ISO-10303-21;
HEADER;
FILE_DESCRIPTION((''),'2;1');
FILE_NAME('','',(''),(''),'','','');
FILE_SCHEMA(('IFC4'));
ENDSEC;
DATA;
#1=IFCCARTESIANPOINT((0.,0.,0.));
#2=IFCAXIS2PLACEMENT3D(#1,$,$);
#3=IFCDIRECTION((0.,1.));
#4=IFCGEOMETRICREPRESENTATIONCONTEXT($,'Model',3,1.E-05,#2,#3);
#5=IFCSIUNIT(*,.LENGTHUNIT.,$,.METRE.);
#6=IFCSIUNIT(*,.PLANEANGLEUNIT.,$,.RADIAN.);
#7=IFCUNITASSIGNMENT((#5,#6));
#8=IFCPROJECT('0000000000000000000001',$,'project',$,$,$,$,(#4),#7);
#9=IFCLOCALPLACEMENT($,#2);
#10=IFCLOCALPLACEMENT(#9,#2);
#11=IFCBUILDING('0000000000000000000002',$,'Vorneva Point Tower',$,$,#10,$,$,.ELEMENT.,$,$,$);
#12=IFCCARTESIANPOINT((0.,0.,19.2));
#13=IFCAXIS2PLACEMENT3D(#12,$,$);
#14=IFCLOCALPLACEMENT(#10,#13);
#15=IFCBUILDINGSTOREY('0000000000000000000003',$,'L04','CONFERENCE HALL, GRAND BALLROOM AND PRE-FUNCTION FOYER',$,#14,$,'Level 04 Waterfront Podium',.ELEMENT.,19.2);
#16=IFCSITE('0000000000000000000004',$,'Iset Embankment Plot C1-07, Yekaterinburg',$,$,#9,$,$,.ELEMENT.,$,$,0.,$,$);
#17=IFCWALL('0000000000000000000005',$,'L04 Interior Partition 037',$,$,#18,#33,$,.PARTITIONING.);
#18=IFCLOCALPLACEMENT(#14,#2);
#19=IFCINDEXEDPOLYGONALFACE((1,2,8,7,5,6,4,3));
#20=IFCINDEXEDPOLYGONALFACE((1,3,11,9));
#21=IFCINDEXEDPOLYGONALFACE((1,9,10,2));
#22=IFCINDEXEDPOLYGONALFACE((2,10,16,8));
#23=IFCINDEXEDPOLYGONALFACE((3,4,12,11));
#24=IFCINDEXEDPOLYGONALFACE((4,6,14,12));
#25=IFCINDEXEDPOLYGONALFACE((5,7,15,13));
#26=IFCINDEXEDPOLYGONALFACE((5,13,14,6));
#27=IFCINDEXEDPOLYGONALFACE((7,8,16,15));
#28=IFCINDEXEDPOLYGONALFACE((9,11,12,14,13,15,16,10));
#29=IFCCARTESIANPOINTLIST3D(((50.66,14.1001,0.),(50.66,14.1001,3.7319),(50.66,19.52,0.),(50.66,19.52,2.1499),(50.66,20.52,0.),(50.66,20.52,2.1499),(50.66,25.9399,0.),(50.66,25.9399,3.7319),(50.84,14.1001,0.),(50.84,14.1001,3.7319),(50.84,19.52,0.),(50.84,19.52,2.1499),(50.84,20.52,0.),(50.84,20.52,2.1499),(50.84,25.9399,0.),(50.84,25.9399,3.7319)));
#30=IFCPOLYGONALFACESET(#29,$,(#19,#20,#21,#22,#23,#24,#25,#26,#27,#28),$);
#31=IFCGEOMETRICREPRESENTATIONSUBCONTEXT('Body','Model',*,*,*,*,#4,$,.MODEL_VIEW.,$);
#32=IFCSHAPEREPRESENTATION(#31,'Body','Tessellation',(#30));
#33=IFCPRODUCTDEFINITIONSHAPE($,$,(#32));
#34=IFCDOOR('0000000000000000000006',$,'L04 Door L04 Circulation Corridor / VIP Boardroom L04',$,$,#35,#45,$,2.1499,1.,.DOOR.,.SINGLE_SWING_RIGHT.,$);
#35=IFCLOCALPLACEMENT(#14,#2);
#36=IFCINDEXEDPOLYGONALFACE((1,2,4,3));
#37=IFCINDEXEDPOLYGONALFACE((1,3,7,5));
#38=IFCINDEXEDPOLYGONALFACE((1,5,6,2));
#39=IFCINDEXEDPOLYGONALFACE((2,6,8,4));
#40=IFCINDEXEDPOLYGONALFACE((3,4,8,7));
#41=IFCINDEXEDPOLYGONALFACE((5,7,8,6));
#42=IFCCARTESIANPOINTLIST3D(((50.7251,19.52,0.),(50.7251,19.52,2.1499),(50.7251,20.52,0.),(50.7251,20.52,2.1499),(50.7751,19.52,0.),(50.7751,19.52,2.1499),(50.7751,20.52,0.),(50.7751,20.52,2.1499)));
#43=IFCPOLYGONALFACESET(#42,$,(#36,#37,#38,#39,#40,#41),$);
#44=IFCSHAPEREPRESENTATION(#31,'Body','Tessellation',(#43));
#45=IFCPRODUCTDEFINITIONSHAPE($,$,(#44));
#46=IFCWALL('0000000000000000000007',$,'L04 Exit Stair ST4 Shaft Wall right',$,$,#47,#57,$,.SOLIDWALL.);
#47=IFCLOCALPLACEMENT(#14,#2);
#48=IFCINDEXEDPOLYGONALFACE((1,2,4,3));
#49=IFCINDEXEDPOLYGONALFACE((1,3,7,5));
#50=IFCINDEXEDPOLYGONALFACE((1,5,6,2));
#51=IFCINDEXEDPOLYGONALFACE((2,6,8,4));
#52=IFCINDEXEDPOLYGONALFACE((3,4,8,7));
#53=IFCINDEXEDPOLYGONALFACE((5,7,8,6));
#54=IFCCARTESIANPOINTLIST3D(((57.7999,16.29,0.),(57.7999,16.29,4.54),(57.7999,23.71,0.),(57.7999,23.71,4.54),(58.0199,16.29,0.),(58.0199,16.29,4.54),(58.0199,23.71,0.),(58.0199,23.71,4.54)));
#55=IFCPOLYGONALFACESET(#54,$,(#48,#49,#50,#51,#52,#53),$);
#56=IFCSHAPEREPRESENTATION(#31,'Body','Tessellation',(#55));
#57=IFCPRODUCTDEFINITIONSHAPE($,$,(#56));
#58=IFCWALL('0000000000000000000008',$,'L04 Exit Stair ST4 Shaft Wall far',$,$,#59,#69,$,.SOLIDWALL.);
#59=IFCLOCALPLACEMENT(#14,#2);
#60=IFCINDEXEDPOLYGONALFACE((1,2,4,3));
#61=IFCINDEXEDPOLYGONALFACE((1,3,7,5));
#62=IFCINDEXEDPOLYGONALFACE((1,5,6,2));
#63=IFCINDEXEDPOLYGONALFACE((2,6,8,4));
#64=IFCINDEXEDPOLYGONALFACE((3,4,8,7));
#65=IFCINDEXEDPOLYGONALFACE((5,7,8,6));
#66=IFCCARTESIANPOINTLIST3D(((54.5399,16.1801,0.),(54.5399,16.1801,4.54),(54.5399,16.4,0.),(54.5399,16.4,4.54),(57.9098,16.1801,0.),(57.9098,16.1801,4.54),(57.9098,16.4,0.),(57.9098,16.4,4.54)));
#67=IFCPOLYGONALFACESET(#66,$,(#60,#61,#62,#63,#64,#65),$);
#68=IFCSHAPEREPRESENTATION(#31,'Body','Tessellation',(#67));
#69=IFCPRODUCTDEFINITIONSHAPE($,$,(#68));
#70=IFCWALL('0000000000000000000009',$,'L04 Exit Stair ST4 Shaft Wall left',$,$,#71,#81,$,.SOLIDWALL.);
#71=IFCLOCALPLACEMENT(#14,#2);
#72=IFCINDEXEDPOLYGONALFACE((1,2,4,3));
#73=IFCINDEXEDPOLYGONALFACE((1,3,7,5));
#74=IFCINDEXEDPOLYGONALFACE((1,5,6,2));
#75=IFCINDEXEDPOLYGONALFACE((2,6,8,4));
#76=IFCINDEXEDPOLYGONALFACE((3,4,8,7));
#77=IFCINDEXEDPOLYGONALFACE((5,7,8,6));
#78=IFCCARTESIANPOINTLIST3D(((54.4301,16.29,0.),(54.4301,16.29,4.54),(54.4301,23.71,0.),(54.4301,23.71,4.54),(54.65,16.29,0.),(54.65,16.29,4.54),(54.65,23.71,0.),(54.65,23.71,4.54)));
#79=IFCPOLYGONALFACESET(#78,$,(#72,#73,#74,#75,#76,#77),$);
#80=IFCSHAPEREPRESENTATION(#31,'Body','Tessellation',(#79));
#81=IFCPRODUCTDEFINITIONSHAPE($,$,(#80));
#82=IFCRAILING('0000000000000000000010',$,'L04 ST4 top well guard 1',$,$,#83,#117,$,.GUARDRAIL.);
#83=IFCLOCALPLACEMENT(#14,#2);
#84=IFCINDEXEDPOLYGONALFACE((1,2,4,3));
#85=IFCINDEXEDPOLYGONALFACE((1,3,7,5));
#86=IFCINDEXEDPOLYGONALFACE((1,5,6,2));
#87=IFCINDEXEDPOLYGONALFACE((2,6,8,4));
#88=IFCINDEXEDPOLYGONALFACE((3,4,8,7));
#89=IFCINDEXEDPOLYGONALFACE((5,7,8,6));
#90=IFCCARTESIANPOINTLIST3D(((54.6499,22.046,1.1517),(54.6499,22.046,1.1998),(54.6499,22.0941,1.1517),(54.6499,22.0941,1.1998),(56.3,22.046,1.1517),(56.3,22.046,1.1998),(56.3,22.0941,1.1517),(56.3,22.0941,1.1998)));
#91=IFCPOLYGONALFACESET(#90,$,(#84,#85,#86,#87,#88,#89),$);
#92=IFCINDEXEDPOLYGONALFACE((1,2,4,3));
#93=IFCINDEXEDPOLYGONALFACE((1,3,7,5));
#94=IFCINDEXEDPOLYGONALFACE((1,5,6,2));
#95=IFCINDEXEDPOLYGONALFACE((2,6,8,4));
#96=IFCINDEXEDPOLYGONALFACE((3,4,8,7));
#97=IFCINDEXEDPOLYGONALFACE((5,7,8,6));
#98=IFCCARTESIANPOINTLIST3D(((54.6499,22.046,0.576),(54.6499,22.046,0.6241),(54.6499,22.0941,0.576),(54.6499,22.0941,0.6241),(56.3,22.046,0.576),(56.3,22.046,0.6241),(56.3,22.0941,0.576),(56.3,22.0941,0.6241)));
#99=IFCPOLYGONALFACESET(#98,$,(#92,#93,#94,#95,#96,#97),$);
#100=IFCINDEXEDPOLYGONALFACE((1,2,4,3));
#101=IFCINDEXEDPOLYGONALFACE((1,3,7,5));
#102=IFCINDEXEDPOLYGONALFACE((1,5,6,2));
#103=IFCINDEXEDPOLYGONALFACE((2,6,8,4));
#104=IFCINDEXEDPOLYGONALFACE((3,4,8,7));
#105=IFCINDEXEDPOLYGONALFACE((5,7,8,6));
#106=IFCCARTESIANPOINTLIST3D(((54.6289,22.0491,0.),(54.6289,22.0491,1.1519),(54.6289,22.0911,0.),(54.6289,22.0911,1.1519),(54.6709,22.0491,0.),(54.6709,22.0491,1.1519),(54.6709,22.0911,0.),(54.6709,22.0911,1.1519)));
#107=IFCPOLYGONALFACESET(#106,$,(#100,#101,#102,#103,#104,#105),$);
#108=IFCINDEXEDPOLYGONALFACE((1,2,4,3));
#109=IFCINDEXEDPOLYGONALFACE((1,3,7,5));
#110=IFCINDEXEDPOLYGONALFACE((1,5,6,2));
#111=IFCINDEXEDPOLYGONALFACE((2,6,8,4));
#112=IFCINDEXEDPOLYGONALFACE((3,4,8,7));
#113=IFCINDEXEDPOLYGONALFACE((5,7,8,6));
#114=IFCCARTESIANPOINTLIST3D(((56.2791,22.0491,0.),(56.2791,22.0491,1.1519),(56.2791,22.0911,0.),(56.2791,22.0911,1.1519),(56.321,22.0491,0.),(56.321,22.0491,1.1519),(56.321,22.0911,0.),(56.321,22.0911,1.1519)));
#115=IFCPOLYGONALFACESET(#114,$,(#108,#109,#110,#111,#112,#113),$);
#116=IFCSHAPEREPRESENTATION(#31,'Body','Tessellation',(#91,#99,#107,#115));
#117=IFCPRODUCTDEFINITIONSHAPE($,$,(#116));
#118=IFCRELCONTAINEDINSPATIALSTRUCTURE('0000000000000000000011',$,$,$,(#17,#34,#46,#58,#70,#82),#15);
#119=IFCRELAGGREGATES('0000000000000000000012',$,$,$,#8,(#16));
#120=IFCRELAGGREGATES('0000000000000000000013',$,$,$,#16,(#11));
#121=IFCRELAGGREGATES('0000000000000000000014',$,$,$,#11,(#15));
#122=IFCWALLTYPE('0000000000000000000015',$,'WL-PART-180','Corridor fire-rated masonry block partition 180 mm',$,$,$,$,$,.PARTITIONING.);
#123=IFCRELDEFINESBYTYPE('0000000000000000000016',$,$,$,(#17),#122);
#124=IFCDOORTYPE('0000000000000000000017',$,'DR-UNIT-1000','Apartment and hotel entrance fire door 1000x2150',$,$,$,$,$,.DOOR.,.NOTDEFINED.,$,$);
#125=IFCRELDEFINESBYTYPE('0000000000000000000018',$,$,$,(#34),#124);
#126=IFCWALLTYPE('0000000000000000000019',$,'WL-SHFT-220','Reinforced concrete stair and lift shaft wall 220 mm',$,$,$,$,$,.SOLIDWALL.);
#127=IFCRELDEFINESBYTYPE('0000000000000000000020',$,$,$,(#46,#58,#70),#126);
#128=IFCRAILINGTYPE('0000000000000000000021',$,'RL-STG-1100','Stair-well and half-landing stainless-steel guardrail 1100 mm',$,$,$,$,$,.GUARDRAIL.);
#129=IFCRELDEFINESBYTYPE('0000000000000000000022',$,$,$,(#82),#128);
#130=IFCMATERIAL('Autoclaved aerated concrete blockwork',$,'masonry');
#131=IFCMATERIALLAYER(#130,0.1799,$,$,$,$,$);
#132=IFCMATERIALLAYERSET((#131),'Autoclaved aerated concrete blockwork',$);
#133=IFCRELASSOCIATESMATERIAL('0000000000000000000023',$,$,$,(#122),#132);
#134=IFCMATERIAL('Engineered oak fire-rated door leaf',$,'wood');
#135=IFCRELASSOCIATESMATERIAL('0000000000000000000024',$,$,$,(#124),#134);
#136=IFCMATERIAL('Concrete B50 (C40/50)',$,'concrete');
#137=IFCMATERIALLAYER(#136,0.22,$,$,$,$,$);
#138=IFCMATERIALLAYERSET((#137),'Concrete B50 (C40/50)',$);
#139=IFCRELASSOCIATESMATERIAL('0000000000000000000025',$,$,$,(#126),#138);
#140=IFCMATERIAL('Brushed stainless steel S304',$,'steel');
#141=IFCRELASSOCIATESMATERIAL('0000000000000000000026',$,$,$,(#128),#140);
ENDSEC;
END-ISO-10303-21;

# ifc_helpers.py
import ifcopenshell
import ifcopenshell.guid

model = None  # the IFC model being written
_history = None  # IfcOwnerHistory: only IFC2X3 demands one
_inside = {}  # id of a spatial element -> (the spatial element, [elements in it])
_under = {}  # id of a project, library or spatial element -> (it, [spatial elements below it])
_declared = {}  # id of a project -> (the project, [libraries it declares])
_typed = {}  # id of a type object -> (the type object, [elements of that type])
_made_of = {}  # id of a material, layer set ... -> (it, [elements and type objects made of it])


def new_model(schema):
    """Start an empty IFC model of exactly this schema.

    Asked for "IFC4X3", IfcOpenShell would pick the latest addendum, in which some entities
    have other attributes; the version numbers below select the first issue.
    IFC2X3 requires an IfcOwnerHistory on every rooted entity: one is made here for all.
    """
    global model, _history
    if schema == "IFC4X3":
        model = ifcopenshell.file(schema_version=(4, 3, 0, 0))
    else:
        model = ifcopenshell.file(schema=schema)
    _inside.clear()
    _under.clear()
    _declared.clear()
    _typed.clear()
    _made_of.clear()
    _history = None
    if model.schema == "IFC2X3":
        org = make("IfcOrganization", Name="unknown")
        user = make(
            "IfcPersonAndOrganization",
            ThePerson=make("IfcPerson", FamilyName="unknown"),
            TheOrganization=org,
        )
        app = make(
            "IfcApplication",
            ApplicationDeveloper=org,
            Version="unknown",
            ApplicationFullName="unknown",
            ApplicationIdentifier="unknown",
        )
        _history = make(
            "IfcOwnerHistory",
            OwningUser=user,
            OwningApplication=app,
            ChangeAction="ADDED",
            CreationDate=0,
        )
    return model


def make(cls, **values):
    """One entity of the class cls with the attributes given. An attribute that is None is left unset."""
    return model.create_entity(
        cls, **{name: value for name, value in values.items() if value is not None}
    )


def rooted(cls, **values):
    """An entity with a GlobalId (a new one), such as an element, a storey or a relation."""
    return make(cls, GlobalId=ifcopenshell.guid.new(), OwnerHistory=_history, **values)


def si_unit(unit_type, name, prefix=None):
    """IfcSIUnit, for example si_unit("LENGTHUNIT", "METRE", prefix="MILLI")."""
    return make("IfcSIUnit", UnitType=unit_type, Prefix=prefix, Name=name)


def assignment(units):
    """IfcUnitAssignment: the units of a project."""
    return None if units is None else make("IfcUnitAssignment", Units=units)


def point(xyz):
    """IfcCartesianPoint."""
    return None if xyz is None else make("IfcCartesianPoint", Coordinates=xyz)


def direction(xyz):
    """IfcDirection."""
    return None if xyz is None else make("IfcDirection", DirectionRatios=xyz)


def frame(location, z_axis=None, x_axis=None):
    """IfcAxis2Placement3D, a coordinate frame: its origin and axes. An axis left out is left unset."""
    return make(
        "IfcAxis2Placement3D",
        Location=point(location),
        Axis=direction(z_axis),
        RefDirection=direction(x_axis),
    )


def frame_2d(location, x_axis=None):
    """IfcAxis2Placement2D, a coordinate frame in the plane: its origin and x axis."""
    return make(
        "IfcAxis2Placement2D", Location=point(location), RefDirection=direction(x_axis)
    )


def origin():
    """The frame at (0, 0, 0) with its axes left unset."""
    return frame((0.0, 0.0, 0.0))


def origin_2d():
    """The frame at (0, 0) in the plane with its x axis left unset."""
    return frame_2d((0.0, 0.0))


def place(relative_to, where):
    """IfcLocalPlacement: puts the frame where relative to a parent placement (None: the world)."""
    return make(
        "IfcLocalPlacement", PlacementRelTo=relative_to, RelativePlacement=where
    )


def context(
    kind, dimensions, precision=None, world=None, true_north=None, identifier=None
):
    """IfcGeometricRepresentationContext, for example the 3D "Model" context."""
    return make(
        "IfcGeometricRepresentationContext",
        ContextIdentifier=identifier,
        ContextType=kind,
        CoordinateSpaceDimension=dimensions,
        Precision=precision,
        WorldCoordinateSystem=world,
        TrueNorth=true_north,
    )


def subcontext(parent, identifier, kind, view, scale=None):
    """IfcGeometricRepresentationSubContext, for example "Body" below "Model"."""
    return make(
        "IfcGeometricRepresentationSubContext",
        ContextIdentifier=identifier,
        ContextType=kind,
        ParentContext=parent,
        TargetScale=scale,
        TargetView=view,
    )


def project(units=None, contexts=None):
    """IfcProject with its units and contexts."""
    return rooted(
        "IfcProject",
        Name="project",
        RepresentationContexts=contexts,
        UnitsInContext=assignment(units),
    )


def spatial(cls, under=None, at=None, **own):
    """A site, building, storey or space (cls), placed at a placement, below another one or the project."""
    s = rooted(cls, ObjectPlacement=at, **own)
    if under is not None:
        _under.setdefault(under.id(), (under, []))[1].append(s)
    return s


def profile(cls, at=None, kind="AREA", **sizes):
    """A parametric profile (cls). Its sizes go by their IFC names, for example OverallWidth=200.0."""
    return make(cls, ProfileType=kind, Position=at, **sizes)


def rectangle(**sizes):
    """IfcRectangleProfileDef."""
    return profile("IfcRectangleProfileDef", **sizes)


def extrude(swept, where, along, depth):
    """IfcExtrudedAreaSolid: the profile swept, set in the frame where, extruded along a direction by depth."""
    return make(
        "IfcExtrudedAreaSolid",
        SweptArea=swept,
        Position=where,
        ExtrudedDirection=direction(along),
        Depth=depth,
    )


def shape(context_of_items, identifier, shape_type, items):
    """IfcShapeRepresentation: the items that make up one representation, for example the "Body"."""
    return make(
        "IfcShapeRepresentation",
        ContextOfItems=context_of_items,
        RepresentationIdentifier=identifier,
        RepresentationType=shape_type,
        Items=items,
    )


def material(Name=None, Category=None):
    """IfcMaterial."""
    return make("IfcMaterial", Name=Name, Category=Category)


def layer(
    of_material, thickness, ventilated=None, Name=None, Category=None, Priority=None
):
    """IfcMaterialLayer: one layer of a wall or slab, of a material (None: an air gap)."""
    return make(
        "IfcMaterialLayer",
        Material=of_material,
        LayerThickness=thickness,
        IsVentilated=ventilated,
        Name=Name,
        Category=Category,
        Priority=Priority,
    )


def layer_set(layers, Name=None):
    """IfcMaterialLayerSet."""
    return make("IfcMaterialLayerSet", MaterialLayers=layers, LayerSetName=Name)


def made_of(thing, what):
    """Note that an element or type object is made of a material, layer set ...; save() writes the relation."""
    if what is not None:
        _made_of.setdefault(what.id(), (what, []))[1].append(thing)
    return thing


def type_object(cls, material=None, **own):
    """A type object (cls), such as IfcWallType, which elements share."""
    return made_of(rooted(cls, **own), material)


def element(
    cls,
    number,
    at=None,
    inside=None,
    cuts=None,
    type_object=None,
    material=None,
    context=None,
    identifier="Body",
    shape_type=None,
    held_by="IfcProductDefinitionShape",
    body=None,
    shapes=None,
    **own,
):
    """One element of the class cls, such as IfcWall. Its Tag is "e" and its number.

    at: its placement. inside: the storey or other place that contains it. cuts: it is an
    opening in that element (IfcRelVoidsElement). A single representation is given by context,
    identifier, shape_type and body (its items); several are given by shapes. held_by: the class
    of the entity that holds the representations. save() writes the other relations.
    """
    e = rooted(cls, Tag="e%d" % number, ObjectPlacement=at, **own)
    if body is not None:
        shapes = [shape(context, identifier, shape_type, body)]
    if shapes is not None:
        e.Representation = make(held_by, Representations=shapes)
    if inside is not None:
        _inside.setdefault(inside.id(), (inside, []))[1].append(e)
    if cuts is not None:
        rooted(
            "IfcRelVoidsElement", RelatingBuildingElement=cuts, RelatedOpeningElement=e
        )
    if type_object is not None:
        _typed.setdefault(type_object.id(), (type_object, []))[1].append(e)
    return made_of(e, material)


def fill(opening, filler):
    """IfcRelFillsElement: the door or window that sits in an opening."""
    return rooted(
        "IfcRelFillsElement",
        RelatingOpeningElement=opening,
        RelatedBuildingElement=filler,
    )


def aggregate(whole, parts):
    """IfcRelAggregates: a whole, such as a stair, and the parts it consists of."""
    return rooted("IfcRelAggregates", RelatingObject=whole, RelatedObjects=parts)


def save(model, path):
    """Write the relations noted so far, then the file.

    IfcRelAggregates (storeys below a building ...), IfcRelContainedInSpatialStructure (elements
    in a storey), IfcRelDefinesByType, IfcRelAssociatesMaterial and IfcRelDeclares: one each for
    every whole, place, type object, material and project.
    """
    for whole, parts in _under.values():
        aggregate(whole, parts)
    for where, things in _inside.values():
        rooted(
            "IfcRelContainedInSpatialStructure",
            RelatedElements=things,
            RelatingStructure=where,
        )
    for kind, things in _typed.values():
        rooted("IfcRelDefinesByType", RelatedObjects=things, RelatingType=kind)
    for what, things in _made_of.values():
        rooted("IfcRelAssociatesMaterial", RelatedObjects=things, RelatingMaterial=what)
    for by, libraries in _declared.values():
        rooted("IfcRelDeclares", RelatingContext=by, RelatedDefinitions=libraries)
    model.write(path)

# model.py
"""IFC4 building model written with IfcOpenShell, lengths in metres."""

from ifc_helpers import new_model, si_unit, direction, frame, frame_2d, origin, origin_2d, place, context, subcontext, project, spatial, rectangle, extrude, material, layer, layer_set, type_object, element, fill, save


model = new_model("IFC4")

# Units and contexts
model_context = context("Model", 3, precision=1e-05, world=origin(), true_north=direction((0.0, 1.0)))
body_context = subcontext(model_context, "Body", "Model", "MODEL_VIEW")
ifc_project = project(units=[si_unit("LENGTHUNIT", "METRE"), si_unit("PLANEANGLEUNIT", "RADIAN")], contexts=[model_context])

# Site, building, storey
site_placement = place(None, origin())
site = spatial("IfcSite", under=ifc_project, at=site_placement, Name="Iset Embankment Plot C1-07, Yekaterinburg", CompositionType="ELEMENT", RefElevation=0.0)
building_placement = place(site_placement, origin())
building = spatial("IfcBuilding", under=site, at=building_placement, Name="Vorneva Point Tower", CompositionType="ELEMENT")
storey_placement = place(building_placement, frame((0.0, 0.0, 19.2)))
storey = spatial("IfcBuildingStorey", under=building, at=storey_placement, Name="L04", Description="CONFERENCE HALL, GRAND BALLROOM AND PRE-FUNCTION FOYER", LongName="Level 04 Waterfront Podium", CompositionType="ELEMENT", Elevation=19.2)

# Shared definitions
ifc_material_1 = material(Name="Autoclaved aerated concrete blockwork", Category="masonry")
ifc_layer_1 = layer(ifc_material_1, 0.1799)
ifc_layer_set_1 = layer_set([ifc_layer_1], Name="Autoclaved aerated concrete blockwork")
wall_type_1 = type_object("IfcWallType", Name="WL-PART-180", Description="Corridor fire-rated masonry block partition 180 mm", PredefinedType="PARTITIONING", material=ifc_layer_set_1)

# Wall, opening, door
wall_1_placement = place(storey_placement, frame((50.75, 14.1001, 0.0), z_axis=(0.0, 0.0, 1.0), x_axis=(0.0, 1.0, 0.0)))
wall_1 = element("IfcWall", 1, at=wall_1_placement, inside=storey, type_object=wall_type_1, Name="L04 Interior Partition 037", PredefinedType="PARTITIONING", context=body_context, shape_type="SweptSolid", body=[
    extrude(rectangle(XDim=11.8398, YDim=0.1799, at=frame_2d((5.9199, 0.0))), origin(), (0.0, 0.0, 1.0), 3.7319),
])
opening_1_placement = place(wall_1_placement, frame((5.4199, 0.0, 0.0)))
opening_1 = element("IfcOpeningElement", 2, at=opening_1_placement, cuts=wall_1, PredefinedType="OPENING", context=body_context, shape_type="SweptSolid", body=[
    extrude(rectangle(XDim=1.0, YDim=2.1499, at=frame_2d((0.5, 1.075))), frame((0.0, 0.105, 0.0), z_axis=(0.0, -1.0, 0.0), x_axis=(1.0, 0.0, 0.0)), (0.0, 0.0, 1.0), 0.2097),
])
ifc_material_2 = material(Name="Engineered oak fire-rated door leaf", Category="wood")
door_type_1 = type_object("IfcDoorType", Name="DR-UNIT-1000", Description="Apartment and hotel entrance fire door 1000x2150", OperationType="NOTDEFINED", PredefinedType="DOOR", material=ifc_material_2)
door_1_placement = place(opening_1_placement, origin())
door_1 = element("IfcDoor", 3, at=door_1_placement, inside=storey, type_object=door_type_1, Name="L04 Door L04 Circulation Corridor / VIP Boardroom L04", OperationType="SINGLE_SWING_RIGHT", OverallHeight=2.1499, OverallWidth=1.0, PredefinedType="DOOR", context=body_context, shape_type="SweptSolid", body=[
    extrude(rectangle(XDim=1.0, YDim=2.1499, at=frame_2d((0.5, 1.075))), frame((0.0, 0.0249, 0.0), z_axis=(0.0, -1.0, 0.0), x_axis=(1.0, 0.0, 0.0)), (0.0, 0.0, 1.0), 0.05),
])
fill(opening_1, door_1)
ifc_material_3 = material(Name="Concrete B50 (C40/50)", Category="concrete")
ifc_layer_2 = layer(ifc_material_3, 0.22)
ifc_layer_set_2 = layer_set([ifc_layer_2], Name="Concrete B50 (C40/50)")
wall_type_2 = type_object("IfcWallType", Name="WL-SHFT-220", Description="Reinforced concrete stair and lift shaft wall 220 mm", PredefinedType="SOLIDWALL", material=ifc_layer_set_2)

# Walls
wall_2_placement = place(storey_placement, frame((57.9099, 23.71, 0.0), z_axis=(0.0, 0.0, 1.0), x_axis=(0.0, -1.0, 0.0)))
element("IfcWall", 4, at=wall_2_placement, inside=storey, type_object=wall_type_2, Name="L04 Exit Stair ST4 Shaft Wall right", PredefinedType="SOLIDWALL", context=body_context, shape_type="SweptSolid", body=[
    extrude(rectangle(XDim=7.4199, YDim=0.22, at=frame_2d((3.71, 0.0))), origin(), (0.0, 0.0, 1.0), 4.54),
])
wall_3_placement = place(storey_placement, frame((57.9099, 16.29, 0.0), z_axis=(0.0, 0.0, 1.0), x_axis=(-1.0, 0.0, 0.0)))
element("IfcWall", 5, at=wall_3_placement, inside=storey, type_object=wall_type_2, Name="L04 Exit Stair ST4 Shaft Wall far", PredefinedType="SOLIDWALL", context=body_context, shape_type="SweptSolid", body=[
    extrude(rectangle(XDim=3.3699, YDim=0.22, at=frame_2d((1.6851, 0.0))), origin(), (0.0, 0.0, 1.0), 4.54),
])
wall_4_placement = place(storey_placement, frame((54.54, 16.29, 0.0), z_axis=(0.0, 0.0, 1.0), x_axis=(0.0, 1.0, 0.0)))
element("IfcWall", 6, at=wall_4_placement, inside=storey, type_object=wall_type_2, Name="L04 Exit Stair ST4 Shaft Wall left", PredefinedType="SOLIDWALL", context=body_context, shape_type="SweptSolid", body=[
    extrude(rectangle(XDim=7.4199, YDim=0.22, at=frame_2d((3.71, 0.0))), origin(), (0.0, 0.0, 1.0), 4.54),
])

# Railing
ifc_material_4 = material(Name="Brushed stainless steel S304", Category="steel")
railing_type = type_object("IfcRailingType", Name="RL-STG-1100", Description="Stair-well and half-landing stainless-steel guardrail 1100 mm", PredefinedType="GUARDRAIL", material=ifc_material_4)
railing_placement = place(storey_placement, frame((54.6499, 22.0701, 0.0)))
element("IfcRailing", 7, at=railing_placement, inside=storey, type_object=railing_type, Name="L04 ST4 top well guard 1", PredefinedType="GUARDRAIL", context=body_context, shape_type="SweptSolid", body=[
    extrude(rectangle(XDim=0.0481, YDim=0.0481, at=origin_2d()), frame((0.0, 0.0, 1.1758), z_axis=(1.0, 0.0, 0.0), x_axis=(0.0, 1.0, 0.0)), (0.0, 0.0, 1.0), 1.6501),
    extrude(rectangle(XDim=0.0481, YDim=0.0481, at=origin_2d()), frame((0.0, 0.0, 0.6001), z_axis=(1.0, 0.0, 0.0), x_axis=(0.0, 1.0, 0.0)), (0.0, 0.0, 1.0), 1.6501),
    extrude(rectangle(XDim=0.042, YDim=0.042, at=origin_2d()), origin(), (0.0, 0.0, 1.0), 1.1519),
    extrude(rectangle(XDim=0.042, YDim=0.042, at=origin_2d()), frame((1.6501, 0.0, 0.0)), (0.0, 0.0, 1.0), 1.1519),
])

save(model, "model.ifc")
